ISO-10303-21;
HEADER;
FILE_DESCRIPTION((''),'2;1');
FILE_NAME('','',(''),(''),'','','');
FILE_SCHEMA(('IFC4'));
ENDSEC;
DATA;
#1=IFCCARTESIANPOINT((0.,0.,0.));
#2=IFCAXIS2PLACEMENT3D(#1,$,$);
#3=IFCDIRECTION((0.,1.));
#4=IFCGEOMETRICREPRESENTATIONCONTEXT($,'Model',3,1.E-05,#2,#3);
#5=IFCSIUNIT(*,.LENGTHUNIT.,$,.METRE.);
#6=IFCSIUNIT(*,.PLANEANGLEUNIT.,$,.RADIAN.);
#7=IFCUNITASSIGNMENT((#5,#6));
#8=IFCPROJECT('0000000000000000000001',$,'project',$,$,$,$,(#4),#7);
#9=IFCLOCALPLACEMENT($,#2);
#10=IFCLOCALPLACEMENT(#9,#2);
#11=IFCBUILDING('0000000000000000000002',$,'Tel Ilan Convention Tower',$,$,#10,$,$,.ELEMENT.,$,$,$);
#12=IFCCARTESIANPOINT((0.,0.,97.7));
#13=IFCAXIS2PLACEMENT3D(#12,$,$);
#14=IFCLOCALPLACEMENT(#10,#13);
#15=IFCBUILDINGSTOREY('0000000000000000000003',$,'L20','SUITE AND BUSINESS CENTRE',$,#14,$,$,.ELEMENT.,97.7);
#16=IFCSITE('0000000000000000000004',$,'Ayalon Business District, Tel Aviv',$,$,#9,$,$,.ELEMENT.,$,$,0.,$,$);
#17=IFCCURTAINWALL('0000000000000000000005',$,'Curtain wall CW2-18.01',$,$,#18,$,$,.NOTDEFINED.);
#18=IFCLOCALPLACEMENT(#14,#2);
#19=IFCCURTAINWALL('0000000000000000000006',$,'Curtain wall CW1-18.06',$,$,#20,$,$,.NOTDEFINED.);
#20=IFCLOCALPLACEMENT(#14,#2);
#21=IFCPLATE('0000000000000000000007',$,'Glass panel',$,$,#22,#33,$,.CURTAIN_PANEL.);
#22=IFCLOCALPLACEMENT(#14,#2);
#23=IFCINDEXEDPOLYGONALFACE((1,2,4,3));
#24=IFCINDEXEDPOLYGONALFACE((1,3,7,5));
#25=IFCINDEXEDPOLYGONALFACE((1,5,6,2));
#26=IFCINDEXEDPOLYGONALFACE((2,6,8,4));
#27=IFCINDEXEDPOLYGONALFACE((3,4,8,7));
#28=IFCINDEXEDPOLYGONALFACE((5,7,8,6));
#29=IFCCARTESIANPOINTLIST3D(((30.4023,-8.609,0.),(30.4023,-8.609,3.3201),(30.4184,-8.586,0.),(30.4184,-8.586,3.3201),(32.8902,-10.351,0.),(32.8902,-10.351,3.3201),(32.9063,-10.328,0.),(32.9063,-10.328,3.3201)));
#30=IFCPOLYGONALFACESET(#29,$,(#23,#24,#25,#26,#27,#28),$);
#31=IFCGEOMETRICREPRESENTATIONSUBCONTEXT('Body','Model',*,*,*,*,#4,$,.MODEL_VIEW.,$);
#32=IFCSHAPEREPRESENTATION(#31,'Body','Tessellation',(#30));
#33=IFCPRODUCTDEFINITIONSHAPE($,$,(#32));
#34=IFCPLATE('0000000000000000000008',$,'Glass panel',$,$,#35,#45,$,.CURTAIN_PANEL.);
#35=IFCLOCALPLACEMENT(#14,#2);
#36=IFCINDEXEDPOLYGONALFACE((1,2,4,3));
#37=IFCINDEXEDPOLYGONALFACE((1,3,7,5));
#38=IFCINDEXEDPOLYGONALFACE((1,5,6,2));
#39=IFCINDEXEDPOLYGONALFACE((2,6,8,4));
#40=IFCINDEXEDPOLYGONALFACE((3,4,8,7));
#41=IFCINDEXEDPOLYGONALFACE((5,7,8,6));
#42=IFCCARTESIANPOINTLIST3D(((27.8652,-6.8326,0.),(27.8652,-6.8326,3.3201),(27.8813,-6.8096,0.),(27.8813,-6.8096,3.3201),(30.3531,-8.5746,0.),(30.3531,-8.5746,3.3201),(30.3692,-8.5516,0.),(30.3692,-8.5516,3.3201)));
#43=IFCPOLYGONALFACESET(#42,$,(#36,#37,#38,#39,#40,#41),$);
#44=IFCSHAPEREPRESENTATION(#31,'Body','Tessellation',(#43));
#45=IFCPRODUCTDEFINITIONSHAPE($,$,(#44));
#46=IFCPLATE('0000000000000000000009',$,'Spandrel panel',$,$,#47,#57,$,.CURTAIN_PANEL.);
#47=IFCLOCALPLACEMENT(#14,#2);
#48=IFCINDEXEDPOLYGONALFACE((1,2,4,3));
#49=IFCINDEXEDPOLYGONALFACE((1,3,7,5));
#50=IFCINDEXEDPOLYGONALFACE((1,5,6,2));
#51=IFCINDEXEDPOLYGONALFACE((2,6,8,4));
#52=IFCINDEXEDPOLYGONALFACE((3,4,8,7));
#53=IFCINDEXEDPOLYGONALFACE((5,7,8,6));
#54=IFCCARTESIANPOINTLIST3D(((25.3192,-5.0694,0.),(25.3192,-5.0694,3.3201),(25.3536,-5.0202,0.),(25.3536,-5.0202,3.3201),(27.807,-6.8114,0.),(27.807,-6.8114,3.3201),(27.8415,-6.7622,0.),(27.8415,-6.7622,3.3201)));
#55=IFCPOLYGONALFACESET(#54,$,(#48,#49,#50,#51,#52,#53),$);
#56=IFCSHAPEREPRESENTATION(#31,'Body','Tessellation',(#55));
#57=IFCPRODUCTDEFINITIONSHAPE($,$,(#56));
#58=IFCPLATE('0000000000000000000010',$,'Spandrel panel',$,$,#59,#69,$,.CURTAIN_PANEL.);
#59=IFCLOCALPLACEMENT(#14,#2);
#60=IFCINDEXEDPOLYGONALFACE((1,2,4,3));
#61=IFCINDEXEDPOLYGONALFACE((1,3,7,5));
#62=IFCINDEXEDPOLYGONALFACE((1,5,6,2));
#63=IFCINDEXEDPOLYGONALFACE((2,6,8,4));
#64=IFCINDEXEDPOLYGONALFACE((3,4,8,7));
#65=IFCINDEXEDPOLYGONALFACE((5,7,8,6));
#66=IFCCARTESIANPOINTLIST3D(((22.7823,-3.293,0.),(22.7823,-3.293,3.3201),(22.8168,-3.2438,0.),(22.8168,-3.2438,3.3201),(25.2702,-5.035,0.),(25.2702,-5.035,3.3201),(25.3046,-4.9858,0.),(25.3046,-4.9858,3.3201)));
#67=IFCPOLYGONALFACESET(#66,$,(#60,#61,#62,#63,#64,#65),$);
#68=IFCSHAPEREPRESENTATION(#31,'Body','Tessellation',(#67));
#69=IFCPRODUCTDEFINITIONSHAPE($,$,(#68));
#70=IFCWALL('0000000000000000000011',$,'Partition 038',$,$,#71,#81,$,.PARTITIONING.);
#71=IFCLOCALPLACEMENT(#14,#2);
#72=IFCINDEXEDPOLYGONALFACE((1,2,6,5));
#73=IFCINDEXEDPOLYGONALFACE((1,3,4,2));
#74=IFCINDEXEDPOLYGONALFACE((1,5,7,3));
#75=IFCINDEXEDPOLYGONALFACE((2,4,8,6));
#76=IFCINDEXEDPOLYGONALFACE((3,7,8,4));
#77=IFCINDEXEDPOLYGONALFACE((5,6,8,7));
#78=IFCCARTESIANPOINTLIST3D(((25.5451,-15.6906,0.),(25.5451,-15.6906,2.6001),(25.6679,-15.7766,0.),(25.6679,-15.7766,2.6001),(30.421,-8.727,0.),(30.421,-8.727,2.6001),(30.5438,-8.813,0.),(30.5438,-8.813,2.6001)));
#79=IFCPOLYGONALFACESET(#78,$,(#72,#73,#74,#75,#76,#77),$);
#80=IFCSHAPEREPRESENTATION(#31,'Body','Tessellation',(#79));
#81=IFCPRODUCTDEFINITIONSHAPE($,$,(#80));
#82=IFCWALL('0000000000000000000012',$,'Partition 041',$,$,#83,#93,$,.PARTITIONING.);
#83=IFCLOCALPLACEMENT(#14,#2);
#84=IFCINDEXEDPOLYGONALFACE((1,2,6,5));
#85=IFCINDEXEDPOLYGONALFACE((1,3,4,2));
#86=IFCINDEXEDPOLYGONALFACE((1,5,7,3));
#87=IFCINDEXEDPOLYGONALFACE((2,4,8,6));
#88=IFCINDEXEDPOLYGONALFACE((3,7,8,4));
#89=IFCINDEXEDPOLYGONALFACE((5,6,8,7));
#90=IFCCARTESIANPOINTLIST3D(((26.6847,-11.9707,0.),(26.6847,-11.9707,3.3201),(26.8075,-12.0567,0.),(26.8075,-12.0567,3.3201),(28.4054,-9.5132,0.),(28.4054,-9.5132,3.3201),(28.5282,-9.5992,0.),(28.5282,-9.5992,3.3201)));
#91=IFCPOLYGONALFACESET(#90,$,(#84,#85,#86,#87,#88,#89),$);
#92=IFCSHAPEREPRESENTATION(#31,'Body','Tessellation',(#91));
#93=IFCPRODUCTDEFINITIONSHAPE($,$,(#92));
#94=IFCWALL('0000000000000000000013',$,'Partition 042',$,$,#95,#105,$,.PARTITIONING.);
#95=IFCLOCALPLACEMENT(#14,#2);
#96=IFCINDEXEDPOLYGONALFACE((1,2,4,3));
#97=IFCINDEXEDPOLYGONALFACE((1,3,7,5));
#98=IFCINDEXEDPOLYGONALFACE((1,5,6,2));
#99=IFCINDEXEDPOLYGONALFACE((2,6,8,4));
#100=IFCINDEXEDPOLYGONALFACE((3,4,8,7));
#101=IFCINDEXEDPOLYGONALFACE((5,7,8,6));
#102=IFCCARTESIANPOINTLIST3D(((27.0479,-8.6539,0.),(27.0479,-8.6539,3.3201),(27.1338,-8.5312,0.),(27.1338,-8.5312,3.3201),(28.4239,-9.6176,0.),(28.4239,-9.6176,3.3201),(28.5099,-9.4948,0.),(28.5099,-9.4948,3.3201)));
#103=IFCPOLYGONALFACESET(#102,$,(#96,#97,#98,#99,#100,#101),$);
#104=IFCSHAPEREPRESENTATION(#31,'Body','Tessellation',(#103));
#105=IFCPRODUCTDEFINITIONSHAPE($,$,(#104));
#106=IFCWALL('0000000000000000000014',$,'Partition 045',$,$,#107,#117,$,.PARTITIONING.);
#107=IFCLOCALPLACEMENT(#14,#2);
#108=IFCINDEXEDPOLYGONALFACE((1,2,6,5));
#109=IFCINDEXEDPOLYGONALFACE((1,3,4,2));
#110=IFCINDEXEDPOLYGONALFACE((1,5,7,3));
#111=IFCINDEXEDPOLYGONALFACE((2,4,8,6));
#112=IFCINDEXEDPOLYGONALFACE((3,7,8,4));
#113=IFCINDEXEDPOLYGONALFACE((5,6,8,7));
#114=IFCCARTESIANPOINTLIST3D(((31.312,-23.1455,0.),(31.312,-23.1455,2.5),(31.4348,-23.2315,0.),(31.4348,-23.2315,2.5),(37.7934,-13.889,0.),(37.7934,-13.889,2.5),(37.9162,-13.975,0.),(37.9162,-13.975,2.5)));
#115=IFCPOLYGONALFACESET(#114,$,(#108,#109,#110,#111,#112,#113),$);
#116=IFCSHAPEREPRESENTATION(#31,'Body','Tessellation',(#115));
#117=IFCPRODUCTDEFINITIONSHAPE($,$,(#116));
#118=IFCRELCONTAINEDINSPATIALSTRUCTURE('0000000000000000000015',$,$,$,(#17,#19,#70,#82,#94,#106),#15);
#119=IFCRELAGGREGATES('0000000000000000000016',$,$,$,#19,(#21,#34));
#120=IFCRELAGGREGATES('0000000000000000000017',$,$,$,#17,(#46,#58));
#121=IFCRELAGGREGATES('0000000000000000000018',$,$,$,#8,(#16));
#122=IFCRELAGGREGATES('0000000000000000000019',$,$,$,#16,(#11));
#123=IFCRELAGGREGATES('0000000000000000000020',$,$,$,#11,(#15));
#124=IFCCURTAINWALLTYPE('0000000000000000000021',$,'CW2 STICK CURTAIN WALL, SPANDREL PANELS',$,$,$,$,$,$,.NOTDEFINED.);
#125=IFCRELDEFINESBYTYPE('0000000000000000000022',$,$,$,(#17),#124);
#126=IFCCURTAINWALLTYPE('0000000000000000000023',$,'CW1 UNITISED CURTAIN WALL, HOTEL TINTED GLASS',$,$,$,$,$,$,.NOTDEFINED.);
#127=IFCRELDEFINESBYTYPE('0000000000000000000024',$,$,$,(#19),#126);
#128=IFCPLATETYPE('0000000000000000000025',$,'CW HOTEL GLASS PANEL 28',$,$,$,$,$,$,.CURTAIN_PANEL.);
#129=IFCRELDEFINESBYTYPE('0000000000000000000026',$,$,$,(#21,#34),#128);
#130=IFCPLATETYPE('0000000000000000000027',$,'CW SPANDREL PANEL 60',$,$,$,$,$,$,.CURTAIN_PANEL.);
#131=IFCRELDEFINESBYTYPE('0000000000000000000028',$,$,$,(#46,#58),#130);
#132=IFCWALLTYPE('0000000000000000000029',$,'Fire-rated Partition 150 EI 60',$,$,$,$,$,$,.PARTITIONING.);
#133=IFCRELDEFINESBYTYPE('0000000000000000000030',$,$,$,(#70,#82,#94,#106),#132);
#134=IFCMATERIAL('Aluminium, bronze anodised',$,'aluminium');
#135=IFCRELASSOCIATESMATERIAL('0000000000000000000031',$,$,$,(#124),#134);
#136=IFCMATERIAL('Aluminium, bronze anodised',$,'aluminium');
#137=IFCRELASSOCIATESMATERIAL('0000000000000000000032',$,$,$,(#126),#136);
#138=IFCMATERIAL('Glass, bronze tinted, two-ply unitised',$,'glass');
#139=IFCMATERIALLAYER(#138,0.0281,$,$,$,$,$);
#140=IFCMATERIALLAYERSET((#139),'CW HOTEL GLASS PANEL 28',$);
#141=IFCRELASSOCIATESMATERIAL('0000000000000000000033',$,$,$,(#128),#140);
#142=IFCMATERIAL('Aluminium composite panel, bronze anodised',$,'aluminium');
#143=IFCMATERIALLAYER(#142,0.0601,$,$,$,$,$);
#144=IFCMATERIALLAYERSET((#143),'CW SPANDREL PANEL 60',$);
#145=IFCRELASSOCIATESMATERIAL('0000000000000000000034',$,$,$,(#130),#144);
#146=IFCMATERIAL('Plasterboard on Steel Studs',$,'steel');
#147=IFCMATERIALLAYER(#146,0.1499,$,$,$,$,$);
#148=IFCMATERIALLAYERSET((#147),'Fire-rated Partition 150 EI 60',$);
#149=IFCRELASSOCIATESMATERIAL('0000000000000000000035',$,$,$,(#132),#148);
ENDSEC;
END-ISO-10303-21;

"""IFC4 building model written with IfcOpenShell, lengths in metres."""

from ifc_helpers import new_model, si_unit, direction, frame, frame_2d, origin, origin_2d, place, context, subcontext, project, spatial, rectangle, extrude, material, layer, layer_set, type_object, element, aggregate, save


model = new_model("IFC4")

# Units and contexts
model_context = context("Model", 3, precision=1e-05, world=origin(), true_north=direction((0.0, 1.0)))
body_context = subcontext(model_context, "Body", "Model", "MODEL_VIEW")
ifc_project = project(units=[si_unit("LENGTHUNIT", "METRE"), si_unit("PLANEANGLEUNIT", "RADIAN")], contexts=[model_context])

# Site, building, storey
site_placement = place(None, origin())
site = spatial("IfcSite", under=ifc_project, at=site_placement, Name="Ayalon Business District, Tel Aviv", CompositionType="ELEMENT", RefElevation=0.0)
building_placement = place(site_placement, origin())
building = spatial("IfcBuilding", under=site, at=building_placement, Name="Tel Ilan Convention Tower", CompositionType="ELEMENT")
storey_placement = place(building_placement, frame((0.0, 0.0, 97.7)))
storey = spatial("IfcBuildingStorey", under=building, at=storey_placement, Name="L20", Description="SUITE AND BUSINESS CENTRE", CompositionType="ELEMENT", Elevation=97.7)

# Curtain walls
ifc_material_1 = material(Name="Aluminium, bronze anodised", Category="aluminium")
curtain_wall_type_1 = type_object("IfcCurtainWallType", Name="CW2 STICK CURTAIN WALL, SPANDREL PANELS", PredefinedType="NOTDEFINED", material=ifc_material_1)
curtain_wall_1_placement = place(storey_placement, origin())
curtain_wall_1 = element("IfcCurtainWall", 1, at=curtain_wall_1_placement, inside=storey, type_object=curtain_wall_type_1, Name="Curtain wall CW2-18.01", PredefinedType="NOTDEFINED")
ifc_material_2 = material(Name="Aluminium, bronze anodised", Category="aluminium")
curtain_wall_type_2 = type_object("IfcCurtainWallType", Name="CW1 UNITISED CURTAIN WALL, HOTEL TINTED GLASS", PredefinedType="NOTDEFINED", material=ifc_material_2)
curtain_wall_2_placement = place(storey_placement, origin())
curtain_wall_2 = element("IfcCurtainWall", 2, at=curtain_wall_2_placement, inside=storey, type_object=curtain_wall_type_2, Name="Curtain wall CW1-18.06", PredefinedType="NOTDEFINED")

# Plates
ifc_material_3 = material(Name="Glass, bronze tinted, two-ply unitised", Category="glass")
ifc_layer_1 = layer(ifc_material_3, 0.0281)
ifc_layer_set_1 = layer_set([ifc_layer_1], Name="CW HOTEL GLASS PANEL 28")
plate_type_1 = type_object("IfcPlateType", Name="CW HOTEL GLASS PANEL 28", PredefinedType="CURTAIN_PANEL", material=ifc_layer_set_1)
plate_1_placement = place(storey_placement, frame((31.6543, -9.4685, 0.0), z_axis=(0.0, 0.0, 1.0), x_axis=(-0.819152, 0.573576, 0.0)))
plate_1 = element("IfcPlate", 3, at=plate_1_placement, type_object=plate_type_1, Name="Glass panel", PredefinedType="CURTAIN_PANEL", context=body_context, shape_type="SweptSolid", body=[
    extrude(rectangle(XDim=3.0371, YDim=0.0281, at=origin_2d()), origin(), (0.0, 0.0, 1.0), 3.3201),
])
plate_2_placement = place(storey_placement, frame((29.1172, -7.6921, 0.0), z_axis=(0.0, 0.0, 1.0), x_axis=(-0.819152, 0.573576, 0.0)))
plate_2 = element("IfcPlate", 4, at=plate_2_placement, type_object=plate_type_1, Name="Glass panel", PredefinedType="CURTAIN_PANEL", context=body_context, shape_type="SweptSolid", body=[
    extrude(rectangle(XDim=3.0371, YDim=0.0281, at=origin_2d()), origin(), (0.0, 0.0, 1.0), 3.3201),
])
aggregate(curtain_wall_2, [plate_1, plate_2])
ifc_material_4 = material(Name="Aluminium composite panel, bronze anodised", Category="aluminium")
ifc_layer_2 = layer(ifc_material_4, 0.0601)
ifc_layer_set_2 = layer_set([ifc_layer_2], Name="CW SPANDREL PANEL 60")
plate_type_2 = type_object("IfcPlateType", Name="CW SPANDREL PANEL 60", PredefinedType="CURTAIN_PANEL", material=ifc_layer_set_2)
plate_3_placement = place(storey_placement, frame((26.5803, -5.9158, 0.0), z_axis=(0.0, 0.0, 1.0), x_axis=(-0.819152, 0.573576, 0.0)))
plate_3 = element("IfcPlate", 5, at=plate_3_placement, type_object=plate_type_2, Name="Spandrel panel", PredefinedType="CURTAIN_PANEL", context=body_context, shape_type="SweptSolid", body=[
    extrude(rectangle(XDim=3.0371, YDim=0.0601, at=origin_2d()), origin(), (0.0, 0.0, 1.0), 3.3201),
])
plate_4_placement = place(storey_placement, frame((24.0435, -4.1394, 0.0), z_axis=(0.0, 0.0, 1.0), x_axis=(-0.819152, 0.573576, 0.0)))
plate_4 = element("IfcPlate", 6, at=plate_4_placement, type_object=plate_type_2, Name="Spandrel panel", PredefinedType="CURTAIN_PANEL", context=body_context, shape_type="SweptSolid", body=[
    extrude(rectangle(XDim=3.0371, YDim=0.0601, at=origin_2d()), origin(), (0.0, 0.0, 1.0), 3.3201),
])
aggregate(curtain_wall_1, [plate_3, plate_4])

# Walls
ifc_material_5 = material(Name="Plasterboard on Steel Studs", Category="steel")
ifc_layer_3 = layer(ifc_material_5, 0.1499)
ifc_layer_set_3 = layer_set([ifc_layer_3], Name="Fire-rated Partition 150 EI 60")
wall_type = type_object("IfcWallType", Name="Fire-rated Partition 150 EI 60", PredefinedType="PARTITIONING", material=ifc_layer_set_3)
wall_1_placement = place(storey_placement, frame((30.4824, -8.77, 0.0), z_axis=(0.0, 0.0, 1.0), x_axis=(-0.573576, -0.819152, 0.0)))
element("IfcWall", 7, at=wall_1_placement, inside=storey, type_object=wall_type, Name="Partition 038", PredefinedType="PARTITIONING", context=body_context, shape_type="SweptSolid", body=[
    extrude(rectangle(XDim=8.501, YDim=0.1499, at=frame_2d((4.2505, 0.0))), origin(), (0.0, 0.0, 1.0), 2.6001),
])
wall_2_placement = place(storey_placement, frame((26.7461, -12.0137, 0.0), z_axis=(0.0, 0.0, 1.0), x_axis=(0.573561, 0.819163, 0.0)))
element("IfcWall", 8, at=wall_2_placement, inside=storey, type_object=wall_type, Name="Partition 041", PredefinedType="PARTITIONING", context=body_context, shape_type="SweptSolid", body=[
    extrude(rectangle(XDim=3.0, YDim=0.1499, at=frame_2d((1.5, 0.0))), origin(), (0.0, 0.0, 1.0), 3.3201),
])
wall_3_placement = place(storey_placement, frame((28.4668, -9.5562, 0.0), z_axis=(0.0, 0.0, 1.0), x_axis=(-0.819109, 0.573638, 0.0)))
element("IfcWall", 9, at=wall_3_placement, inside=storey, type_object=wall_type, Name="Partition 042", PredefinedType="PARTITIONING", context=body_context, shape_type="SweptSolid", body=[
    extrude(rectangle(XDim=1.6799, YDim=0.1499, at=frame_2d((0.8398, 0.0))), origin(), (0.0, 0.0, 1.0), 3.3201),
])
wall_4_placement = place(storey_placement, frame((37.8547, -13.9321, 0.0), z_axis=(0.0, 0.0, 1.0), x_axis=(-0.573571, -0.819156, 0.0)))
element("IfcWall", 10, at=wall_4_placement, inside=storey, type_object=wall_type, Name="Partition 045", PredefinedType="PARTITIONING", context=body_context, shape_type="SweptSolid", body=[
    extrude(rectangle(XDim=11.3, YDim=0.1499, at=frame_2d((5.6499, 0.0))), origin(), (0.0, 0.0, 1.0), 2.5),
])

save(model, "model.ifc")
